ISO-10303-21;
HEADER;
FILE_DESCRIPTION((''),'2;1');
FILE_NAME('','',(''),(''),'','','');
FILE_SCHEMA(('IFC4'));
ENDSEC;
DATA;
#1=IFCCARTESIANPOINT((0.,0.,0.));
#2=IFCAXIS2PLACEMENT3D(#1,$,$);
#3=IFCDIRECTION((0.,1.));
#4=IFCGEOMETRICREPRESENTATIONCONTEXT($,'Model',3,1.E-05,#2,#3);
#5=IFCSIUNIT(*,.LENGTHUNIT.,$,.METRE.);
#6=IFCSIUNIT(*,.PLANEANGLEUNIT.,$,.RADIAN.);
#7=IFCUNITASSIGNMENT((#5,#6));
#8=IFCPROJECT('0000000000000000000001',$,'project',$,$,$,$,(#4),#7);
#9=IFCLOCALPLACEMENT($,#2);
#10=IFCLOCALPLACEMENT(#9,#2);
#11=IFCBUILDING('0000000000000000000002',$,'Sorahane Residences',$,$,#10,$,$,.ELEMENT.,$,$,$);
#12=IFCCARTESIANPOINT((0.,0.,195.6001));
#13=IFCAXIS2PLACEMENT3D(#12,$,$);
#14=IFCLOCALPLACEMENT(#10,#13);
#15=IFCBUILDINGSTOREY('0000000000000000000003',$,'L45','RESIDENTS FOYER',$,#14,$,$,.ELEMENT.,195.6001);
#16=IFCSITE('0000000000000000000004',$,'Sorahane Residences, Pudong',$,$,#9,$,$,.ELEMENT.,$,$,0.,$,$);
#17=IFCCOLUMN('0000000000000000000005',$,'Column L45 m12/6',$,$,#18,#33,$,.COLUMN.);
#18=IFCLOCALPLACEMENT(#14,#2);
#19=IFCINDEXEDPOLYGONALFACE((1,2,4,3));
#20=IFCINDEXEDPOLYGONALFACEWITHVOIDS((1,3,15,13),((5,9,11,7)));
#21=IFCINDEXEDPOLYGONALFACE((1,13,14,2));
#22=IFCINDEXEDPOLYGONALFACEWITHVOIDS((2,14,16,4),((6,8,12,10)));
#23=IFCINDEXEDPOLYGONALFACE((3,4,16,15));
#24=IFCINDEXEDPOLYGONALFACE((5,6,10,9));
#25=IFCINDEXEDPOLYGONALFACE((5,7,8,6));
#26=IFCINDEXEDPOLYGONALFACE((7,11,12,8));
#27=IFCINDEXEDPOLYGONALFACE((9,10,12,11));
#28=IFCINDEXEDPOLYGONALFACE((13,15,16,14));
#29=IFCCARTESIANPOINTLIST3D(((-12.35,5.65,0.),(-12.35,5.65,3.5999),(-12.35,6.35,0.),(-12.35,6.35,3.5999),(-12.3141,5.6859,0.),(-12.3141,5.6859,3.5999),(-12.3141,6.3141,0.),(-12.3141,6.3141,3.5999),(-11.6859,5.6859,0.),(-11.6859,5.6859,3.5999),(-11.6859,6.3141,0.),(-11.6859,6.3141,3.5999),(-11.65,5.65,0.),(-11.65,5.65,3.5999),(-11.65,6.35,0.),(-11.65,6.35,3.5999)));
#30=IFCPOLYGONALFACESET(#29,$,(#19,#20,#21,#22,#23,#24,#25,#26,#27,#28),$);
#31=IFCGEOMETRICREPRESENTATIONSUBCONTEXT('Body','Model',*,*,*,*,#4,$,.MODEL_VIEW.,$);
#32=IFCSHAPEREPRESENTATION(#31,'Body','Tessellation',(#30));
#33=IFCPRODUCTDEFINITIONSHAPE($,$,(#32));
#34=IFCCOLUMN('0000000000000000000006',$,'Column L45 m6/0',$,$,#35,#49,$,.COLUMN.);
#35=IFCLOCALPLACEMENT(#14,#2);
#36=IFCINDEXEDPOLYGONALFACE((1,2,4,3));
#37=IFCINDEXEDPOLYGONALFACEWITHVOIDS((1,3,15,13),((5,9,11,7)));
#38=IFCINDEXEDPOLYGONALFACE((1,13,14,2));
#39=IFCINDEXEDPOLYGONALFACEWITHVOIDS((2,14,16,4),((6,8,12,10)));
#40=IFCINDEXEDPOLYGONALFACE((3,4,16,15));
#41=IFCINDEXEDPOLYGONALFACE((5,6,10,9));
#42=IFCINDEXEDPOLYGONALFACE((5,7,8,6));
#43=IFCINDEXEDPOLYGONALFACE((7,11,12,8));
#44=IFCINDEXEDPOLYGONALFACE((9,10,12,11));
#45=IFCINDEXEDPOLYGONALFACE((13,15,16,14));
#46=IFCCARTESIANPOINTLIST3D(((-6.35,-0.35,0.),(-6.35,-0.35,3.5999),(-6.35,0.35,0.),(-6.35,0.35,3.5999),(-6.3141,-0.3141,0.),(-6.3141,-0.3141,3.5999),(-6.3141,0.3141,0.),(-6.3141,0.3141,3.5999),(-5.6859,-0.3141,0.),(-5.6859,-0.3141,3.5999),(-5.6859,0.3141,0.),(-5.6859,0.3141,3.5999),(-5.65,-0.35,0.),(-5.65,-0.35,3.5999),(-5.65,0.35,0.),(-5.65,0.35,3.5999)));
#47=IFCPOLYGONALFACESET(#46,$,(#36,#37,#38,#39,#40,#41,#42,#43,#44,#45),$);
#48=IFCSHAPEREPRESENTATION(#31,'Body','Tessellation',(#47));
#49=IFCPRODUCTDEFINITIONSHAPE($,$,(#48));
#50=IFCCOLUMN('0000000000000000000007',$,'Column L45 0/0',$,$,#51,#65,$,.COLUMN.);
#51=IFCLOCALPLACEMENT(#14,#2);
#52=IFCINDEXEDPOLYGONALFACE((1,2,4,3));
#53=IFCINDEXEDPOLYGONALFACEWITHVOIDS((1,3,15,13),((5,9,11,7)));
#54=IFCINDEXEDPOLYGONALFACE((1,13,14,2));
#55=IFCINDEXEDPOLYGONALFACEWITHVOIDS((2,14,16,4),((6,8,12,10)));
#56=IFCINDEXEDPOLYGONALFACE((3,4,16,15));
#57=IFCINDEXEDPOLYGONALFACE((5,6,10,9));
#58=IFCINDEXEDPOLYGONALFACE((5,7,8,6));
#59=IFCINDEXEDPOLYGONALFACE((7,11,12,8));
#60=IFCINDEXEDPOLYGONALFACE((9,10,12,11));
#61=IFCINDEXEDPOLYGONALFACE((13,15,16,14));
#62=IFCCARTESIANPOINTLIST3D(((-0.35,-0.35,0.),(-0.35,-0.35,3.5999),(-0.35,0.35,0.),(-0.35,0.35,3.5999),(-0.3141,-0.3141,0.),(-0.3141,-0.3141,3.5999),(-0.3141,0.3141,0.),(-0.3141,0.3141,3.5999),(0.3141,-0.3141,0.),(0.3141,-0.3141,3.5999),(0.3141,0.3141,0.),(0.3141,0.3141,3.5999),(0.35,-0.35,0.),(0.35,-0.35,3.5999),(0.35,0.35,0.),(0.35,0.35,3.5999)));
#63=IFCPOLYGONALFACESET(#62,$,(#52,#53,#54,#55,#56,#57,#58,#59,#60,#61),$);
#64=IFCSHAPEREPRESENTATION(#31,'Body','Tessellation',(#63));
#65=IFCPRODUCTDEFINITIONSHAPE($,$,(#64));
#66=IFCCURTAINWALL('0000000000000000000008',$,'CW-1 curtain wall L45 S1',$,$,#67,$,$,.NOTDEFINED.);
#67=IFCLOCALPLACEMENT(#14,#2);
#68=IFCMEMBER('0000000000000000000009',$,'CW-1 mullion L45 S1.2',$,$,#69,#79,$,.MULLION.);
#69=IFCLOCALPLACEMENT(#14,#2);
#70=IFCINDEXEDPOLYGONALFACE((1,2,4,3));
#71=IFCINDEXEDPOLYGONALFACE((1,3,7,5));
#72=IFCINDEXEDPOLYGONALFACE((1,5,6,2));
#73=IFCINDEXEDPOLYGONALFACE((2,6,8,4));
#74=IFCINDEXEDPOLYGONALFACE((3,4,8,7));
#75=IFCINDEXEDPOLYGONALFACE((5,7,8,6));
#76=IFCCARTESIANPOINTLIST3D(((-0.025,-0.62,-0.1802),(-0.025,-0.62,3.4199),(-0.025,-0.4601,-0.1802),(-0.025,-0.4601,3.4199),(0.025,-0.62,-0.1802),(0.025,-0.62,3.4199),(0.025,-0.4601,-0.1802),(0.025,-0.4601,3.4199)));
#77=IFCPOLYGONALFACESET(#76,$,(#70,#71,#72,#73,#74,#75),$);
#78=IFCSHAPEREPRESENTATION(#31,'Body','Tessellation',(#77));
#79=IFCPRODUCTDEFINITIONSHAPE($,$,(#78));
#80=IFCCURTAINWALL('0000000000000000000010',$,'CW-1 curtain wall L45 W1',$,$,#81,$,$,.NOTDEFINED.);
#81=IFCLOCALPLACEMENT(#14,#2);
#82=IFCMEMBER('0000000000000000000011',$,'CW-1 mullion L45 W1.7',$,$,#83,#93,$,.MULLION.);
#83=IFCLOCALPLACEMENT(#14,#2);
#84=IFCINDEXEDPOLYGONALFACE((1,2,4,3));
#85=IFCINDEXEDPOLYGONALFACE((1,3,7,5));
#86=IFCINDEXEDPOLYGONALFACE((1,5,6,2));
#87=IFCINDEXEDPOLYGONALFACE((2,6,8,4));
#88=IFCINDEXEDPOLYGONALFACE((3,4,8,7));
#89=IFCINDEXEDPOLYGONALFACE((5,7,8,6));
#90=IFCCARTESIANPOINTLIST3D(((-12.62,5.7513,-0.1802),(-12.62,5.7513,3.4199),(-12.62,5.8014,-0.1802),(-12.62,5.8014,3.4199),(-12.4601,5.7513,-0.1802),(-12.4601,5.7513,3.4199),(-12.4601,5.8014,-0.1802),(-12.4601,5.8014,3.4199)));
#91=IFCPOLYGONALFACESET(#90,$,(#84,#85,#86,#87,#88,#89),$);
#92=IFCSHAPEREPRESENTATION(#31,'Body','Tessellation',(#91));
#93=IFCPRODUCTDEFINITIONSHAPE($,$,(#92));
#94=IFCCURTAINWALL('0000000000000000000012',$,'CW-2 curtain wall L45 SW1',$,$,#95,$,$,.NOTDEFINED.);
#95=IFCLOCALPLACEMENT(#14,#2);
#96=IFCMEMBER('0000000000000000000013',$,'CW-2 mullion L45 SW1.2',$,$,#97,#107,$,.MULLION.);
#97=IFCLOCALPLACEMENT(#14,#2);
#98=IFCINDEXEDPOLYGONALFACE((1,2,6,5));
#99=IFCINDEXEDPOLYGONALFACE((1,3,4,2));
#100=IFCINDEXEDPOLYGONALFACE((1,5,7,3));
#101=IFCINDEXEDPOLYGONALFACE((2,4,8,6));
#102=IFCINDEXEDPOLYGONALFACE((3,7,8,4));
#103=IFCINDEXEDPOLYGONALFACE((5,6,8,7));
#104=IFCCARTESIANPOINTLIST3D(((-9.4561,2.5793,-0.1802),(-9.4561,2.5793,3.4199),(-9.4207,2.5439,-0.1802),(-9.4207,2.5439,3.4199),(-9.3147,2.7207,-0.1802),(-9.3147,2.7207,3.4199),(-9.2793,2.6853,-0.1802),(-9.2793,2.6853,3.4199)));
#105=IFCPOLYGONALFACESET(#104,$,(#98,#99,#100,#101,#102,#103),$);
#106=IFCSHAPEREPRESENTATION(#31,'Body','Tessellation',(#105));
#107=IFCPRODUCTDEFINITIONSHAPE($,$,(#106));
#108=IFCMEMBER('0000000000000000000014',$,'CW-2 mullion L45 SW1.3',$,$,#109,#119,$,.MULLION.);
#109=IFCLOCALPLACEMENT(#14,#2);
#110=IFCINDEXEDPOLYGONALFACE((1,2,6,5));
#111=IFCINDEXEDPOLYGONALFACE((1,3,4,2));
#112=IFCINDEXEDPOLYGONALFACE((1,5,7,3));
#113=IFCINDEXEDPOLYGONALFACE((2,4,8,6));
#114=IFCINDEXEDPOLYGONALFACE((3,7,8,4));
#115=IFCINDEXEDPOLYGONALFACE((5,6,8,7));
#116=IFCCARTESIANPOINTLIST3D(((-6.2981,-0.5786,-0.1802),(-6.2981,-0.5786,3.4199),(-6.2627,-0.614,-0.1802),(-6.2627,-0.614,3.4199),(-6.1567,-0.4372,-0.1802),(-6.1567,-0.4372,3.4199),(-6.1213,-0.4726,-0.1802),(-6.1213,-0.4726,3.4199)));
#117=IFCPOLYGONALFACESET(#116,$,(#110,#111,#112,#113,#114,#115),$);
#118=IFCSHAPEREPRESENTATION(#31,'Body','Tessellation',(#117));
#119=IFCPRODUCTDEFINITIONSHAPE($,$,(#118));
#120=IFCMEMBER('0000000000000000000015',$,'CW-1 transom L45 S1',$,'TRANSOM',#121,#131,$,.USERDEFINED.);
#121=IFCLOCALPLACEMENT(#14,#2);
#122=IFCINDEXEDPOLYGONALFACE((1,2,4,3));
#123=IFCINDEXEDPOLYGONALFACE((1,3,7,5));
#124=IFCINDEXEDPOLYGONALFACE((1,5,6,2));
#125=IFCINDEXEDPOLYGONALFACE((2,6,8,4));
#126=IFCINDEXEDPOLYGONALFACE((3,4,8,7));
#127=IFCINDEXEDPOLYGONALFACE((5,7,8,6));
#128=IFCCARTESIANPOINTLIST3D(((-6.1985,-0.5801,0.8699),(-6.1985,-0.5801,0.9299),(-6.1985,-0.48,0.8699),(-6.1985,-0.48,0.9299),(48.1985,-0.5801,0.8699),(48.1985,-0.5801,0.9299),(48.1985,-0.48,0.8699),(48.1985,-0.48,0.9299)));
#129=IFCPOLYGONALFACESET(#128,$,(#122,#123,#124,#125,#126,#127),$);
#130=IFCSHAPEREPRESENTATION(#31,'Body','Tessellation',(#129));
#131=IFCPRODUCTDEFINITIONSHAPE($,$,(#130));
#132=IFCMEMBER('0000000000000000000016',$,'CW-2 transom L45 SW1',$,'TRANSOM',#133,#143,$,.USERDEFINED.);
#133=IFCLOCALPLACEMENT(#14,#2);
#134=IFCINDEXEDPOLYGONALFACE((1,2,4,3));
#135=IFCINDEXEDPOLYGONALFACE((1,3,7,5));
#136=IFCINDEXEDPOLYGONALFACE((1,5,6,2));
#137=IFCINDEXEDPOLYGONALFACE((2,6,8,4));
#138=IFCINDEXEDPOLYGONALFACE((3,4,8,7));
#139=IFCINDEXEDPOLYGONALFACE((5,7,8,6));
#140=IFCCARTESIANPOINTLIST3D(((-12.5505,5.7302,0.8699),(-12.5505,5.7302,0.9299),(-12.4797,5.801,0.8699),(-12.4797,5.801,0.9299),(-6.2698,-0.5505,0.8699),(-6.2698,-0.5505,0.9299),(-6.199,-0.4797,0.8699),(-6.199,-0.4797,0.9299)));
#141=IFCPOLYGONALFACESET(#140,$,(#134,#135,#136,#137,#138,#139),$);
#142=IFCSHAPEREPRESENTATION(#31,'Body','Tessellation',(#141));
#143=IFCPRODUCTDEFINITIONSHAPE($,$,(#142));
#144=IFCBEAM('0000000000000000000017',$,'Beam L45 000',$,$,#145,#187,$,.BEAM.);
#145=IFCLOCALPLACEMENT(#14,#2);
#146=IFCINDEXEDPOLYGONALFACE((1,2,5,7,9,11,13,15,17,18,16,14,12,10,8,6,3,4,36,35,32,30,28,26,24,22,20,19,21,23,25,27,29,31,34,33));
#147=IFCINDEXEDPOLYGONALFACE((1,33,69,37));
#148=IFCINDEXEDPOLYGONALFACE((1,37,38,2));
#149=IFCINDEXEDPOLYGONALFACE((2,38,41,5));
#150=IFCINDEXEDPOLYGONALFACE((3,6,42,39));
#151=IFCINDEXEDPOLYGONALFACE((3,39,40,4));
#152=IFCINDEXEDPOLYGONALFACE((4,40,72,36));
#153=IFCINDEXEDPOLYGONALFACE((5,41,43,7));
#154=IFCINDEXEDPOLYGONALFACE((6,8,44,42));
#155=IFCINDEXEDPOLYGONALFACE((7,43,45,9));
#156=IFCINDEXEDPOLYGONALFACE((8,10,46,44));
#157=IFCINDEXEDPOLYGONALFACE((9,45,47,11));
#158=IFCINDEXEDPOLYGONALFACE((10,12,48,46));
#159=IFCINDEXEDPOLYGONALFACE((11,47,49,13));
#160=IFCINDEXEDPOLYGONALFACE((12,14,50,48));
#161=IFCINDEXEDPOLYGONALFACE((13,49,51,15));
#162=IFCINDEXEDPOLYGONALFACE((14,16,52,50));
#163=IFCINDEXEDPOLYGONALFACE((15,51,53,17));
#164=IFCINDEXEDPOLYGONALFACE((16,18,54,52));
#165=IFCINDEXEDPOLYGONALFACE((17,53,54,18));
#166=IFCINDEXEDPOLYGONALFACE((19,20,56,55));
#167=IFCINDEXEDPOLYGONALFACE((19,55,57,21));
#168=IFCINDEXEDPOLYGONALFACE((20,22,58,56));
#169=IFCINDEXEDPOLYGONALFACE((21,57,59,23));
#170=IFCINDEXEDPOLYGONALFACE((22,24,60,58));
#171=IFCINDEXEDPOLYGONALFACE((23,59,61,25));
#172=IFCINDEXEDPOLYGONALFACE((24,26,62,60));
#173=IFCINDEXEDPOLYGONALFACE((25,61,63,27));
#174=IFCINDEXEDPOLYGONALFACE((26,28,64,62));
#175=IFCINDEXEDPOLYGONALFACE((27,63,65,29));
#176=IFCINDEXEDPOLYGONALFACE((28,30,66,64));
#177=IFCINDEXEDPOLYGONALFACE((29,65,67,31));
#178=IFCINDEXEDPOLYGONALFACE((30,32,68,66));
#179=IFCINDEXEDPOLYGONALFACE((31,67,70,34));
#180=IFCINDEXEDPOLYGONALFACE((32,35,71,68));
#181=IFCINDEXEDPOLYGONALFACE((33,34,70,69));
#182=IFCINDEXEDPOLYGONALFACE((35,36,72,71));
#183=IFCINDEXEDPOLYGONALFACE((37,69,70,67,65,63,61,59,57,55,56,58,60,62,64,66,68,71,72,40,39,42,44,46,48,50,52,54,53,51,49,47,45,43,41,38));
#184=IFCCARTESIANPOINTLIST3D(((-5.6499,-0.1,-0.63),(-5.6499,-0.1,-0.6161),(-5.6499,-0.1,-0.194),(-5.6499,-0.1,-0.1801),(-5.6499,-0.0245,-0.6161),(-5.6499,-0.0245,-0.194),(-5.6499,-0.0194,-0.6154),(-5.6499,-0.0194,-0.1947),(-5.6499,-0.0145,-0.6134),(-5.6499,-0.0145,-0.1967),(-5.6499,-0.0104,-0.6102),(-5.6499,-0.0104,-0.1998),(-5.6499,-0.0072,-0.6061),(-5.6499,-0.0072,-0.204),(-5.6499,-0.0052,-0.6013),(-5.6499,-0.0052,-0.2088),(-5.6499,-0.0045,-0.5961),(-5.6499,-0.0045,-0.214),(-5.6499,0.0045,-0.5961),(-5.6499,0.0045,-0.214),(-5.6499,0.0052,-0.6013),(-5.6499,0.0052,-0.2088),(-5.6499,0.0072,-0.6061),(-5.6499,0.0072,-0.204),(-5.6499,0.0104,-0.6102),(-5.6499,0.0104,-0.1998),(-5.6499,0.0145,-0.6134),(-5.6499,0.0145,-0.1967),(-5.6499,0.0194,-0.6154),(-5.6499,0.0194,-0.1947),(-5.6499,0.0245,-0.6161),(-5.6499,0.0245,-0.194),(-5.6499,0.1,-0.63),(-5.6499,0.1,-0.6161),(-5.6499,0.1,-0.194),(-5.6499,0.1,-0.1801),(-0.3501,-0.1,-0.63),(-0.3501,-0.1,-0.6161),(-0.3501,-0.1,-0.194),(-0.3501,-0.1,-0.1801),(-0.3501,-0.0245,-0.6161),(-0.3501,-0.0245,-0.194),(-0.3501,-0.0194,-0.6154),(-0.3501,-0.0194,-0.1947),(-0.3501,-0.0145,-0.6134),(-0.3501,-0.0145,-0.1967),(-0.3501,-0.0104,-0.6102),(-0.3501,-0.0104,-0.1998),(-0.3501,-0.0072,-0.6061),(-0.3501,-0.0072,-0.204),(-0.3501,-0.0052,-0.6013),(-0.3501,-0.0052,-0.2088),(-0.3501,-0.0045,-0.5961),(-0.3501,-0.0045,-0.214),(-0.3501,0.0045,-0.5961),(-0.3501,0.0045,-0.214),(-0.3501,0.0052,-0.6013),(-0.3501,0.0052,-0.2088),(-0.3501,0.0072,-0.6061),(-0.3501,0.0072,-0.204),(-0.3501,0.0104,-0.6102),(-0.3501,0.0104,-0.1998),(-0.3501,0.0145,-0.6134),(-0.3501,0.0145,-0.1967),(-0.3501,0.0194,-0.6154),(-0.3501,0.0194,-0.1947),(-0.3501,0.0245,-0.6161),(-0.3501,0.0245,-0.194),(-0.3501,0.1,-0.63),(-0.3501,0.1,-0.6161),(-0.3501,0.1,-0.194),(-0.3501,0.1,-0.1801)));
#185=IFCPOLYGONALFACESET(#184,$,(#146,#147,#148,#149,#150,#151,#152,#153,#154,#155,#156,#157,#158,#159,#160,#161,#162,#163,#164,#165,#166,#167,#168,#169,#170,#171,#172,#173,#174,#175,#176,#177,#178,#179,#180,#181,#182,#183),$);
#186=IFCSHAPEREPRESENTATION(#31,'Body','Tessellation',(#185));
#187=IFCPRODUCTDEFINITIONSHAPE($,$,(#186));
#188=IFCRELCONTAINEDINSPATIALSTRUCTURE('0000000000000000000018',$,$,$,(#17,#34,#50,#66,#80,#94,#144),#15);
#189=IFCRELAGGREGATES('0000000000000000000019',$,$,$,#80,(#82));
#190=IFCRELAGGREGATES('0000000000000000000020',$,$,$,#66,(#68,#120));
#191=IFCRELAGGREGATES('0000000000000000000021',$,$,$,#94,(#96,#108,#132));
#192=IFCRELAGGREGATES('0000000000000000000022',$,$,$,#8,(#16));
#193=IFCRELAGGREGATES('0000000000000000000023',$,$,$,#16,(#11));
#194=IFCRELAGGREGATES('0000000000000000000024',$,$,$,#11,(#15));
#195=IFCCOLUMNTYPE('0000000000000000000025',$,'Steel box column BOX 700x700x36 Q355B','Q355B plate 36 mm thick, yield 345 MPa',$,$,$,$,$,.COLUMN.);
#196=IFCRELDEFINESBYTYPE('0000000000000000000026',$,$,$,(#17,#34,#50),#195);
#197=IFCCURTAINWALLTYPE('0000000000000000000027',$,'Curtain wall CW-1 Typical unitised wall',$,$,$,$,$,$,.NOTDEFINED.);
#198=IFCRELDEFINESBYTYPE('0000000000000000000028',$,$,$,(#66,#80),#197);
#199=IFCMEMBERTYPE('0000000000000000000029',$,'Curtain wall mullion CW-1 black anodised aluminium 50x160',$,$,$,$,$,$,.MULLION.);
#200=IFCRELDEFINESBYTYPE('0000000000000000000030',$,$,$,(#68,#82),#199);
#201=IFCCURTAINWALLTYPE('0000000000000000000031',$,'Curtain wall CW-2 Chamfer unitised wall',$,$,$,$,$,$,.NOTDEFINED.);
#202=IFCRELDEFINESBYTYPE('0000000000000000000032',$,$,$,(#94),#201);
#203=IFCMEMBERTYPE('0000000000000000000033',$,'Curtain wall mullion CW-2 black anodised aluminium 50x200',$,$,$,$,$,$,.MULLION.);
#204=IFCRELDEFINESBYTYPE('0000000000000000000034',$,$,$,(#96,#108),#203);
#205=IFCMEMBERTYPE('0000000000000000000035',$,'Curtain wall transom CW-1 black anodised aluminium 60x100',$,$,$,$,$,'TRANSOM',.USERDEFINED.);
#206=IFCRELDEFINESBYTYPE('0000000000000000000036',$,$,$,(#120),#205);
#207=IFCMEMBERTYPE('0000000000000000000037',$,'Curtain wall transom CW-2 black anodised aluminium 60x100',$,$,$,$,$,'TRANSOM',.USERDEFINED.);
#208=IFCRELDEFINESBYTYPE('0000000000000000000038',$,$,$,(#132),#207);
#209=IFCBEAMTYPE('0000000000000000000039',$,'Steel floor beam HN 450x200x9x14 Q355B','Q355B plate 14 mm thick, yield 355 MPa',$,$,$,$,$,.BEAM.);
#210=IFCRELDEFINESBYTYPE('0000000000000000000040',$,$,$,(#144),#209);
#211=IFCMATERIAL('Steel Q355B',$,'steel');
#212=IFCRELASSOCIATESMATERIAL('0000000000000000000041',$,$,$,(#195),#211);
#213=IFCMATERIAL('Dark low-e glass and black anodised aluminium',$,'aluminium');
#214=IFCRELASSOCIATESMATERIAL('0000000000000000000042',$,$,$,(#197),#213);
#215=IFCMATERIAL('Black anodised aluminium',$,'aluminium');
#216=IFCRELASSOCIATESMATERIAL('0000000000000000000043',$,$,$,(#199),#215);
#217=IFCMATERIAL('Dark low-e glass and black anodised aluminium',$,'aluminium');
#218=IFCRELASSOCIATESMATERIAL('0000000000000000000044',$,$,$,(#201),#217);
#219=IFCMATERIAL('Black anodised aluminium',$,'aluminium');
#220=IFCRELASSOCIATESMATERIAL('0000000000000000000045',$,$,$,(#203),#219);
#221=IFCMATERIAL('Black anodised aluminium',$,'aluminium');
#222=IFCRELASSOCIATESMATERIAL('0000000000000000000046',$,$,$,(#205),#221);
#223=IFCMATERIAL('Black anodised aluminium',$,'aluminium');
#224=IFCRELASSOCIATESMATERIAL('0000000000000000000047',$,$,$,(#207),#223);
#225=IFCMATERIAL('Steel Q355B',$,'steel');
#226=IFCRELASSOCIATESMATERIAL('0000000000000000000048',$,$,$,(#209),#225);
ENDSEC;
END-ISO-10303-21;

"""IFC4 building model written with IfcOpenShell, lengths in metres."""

from ifc_helpers import new_model, si_unit, direction, frame, origin, origin_2d, place, context, subcontext, project, spatial, rectangle, hollow_rectangle, i_section, extrude, material, material_profile, profile_set, type_object, element, aggregate, save


model = new_model("IFC4")

# Units and contexts
model_context = context("Model", 3, precision=1e-05, world=origin(), true_north=direction((0.0, 1.0)))
body_context = subcontext(model_context, "Body", "Model", "MODEL_VIEW")
ifc_project = project(units=[si_unit("LENGTHUNIT", "METRE"), si_unit("PLANEANGLEUNIT", "RADIAN")], contexts=[model_context])

# Site, building, storey
site_placement = place(None, origin())
site = spatial("IfcSite", under=ifc_project, at=site_placement, Name="Sorahane Residences, Pudong", CompositionType="ELEMENT", RefElevation=0.0)
building_placement = place(site_placement, origin())
building = spatial("IfcBuilding", under=site, at=building_placement, Name="Sorahane Residences", CompositionType="ELEMENT")
storey_placement = place(building_placement, frame((0.0, 0.0, 195.6001)))
storey = spatial("IfcBuildingStorey", under=building, at=storey_placement, Name="L45", Description="RESIDENTS FOYER", CompositionType="ELEMENT", Elevation=195.6001)

# Columns
ifc_material_1 = material(Name="Steel Q355B", Category="steel")
ifc_material_profile_1 = material_profile(ifc_material_1, hollow_rectangle(XDim=0.7, YDim=0.7, WallThickness=0.0359, at=origin_2d()), Name="BOX 700x700x36")
ifc_profile_set_1 = profile_set([ifc_material_profile_1], Name="Steel Q355B")
column_type = type_object("IfcColumnType", Name="Steel box column BOX 700x700x36 Q355B", Description="Q355B plate 36 mm thick, yield 345 MPa", PredefinedType="COLUMN", material=ifc_profile_set_1)
for number, where, z_axis, x_axis, name in (
    (1, (-12.0, 6.0, 0.0), (0.0, 0.0, 1.0), (1.0, 0.0, 0.0), "Column L45 m12/6"),
    (2, (-6.0, 0.0, 0.0), (0.0, 0.0, 1.0), (1.0, 0.0, 0.0), "Column L45 m6/0"),
    (3, (0.0, 0.0, 0.0), (0.0, 0.0, 1.0), (1.0, 0.0, 0.0), "Column L45 0/0"),
):
    element("IfcColumn", number, at=place(storey_placement, frame(where, z_axis=z_axis, x_axis=x_axis)), inside=storey, type_object=column_type, Name=name, PredefinedType="COLUMN", context=body_context, shape_type="SweptSolid", body=[
        extrude(hollow_rectangle(XDim=0.7, YDim=0.7, WallThickness=0.0359, at=origin_2d()), origin(), (0.0, 0.0, 1.0), 3.5999),
    ])

# Curtain walls, members
ifc_material_2 = material(Name="Dark low-e glass and black anodised aluminium", Category="aluminium")
curtain_wall_type_1 = type_object("IfcCurtainWallType", Name="Curtain wall CW-1 Typical unitised wall", PredefinedType="NOTDEFINED", material=ifc_material_2)
curtain_wall_1_placement = place(storey_placement, origin())
curtain_wall_1 = element("IfcCurtainWall", 4, at=curtain_wall_1_placement, inside=storey, type_object=curtain_wall_type_1, Name="CW-1 curtain wall L45 S1", PredefinedType="NOTDEFINED")
ifc_material_3 = material(Name="Black anodised aluminium", Category="aluminium")
ifc_material_profile_2 = material_profile(ifc_material_3, rectangle(XDim=0.1599, YDim=0.05, at=origin_2d()), Name="Curtain wall mullion CW-1 black anodised aluminium 50x160")
ifc_profile_set_2 = profile_set([ifc_material_profile_2], Name="Black anodised aluminium")
member_type_1 = type_object("IfcMemberType", Name="Curtain wall mullion CW-1 black anodised aluminium 50x160", PredefinedType="MULLION", material=ifc_profile_set_2)
member_1_placement = place(storey_placement, frame((0.0, -0.54, -0.1802), z_axis=(0.0, 0.0, 1.0), x_axis=(0.0, -1.0, 0.0)))
member_1 = element("IfcMember", 5, at=member_1_placement, type_object=member_type_1, Name="CW-1 mullion L45 S1.2", PredefinedType="MULLION", context=body_context, shape_type="SweptSolid", body=[
    extrude(rectangle(XDim=0.1599, YDim=0.05, at=origin_2d()), origin(), (0.0, 0.0, 1.0), 3.6001),
])
curtain_wall_2_placement = place(storey_placement, origin())
curtain_wall_2 = element("IfcCurtainWall", 6, at=curtain_wall_2_placement, inside=storey, type_object=curtain_wall_type_1, Name="CW-1 curtain wall L45 W1", PredefinedType="NOTDEFINED")
member_2_placement = place(storey_placement, frame((-12.54, 5.7764, -0.1802), z_axis=(0.0, 0.0, 1.0), x_axis=(-1.0, 0.0, 0.0)))
member_2 = element("IfcMember", 7, at=member_2_placement, type_object=member_type_1, Name="CW-1 mullion L45 W1.7", PredefinedType="MULLION", context=body_context, shape_type="SweptSolid", body=[
    extrude(rectangle(XDim=0.1599, YDim=0.05, at=origin_2d()), origin(), (0.0, 0.0, 1.0), 3.6001),
])
aggregate(curtain_wall_2, [member_2])

# Curtain wall, members
ifc_material_4 = material(Name="Dark low-e glass and black anodised aluminium", Category="aluminium")
curtain_wall_type_2 = type_object("IfcCurtainWallType", Name="Curtain wall CW-2 Chamfer unitised wall", PredefinedType="NOTDEFINED", material=ifc_material_4)
curtain_wall_3_placement = place(storey_placement, origin())
curtain_wall_3 = element("IfcCurtainWall", 8, at=curtain_wall_3_placement, inside=storey, type_object=curtain_wall_type_2, Name="CW-2 curtain wall L45 SW1", PredefinedType="NOTDEFINED")
ifc_material_5 = material(Name="Black anodised aluminium", Category="aluminium")
ifc_material_profile_3 = material_profile(ifc_material_5, rectangle(XDim=0.2, YDim=0.05, at=origin_2d()), Name="Curtain wall mullion CW-2 black anodised aluminium 50x200")
ifc_profile_set_3 = profile_set([ifc_material_profile_3], Name="Black anodised aluminium")
member_type_2 = type_object("IfcMemberType", Name="Curtain wall mullion CW-2 black anodised aluminium 50x200", PredefinedType="MULLION", material=ifc_profile_set_3)
member_3_placement = place(storey_placement, frame((-9.3677, 2.6323, -0.1802), z_axis=(0.0, 0.0, 1.0), x_axis=(-0.707107, -0.707107, 0.0)))
member_3 = element("IfcMember", 9, at=member_3_placement, type_object=member_type_2, Name="CW-2 mullion L45 SW1.2", PredefinedType="MULLION", context=body_context, shape_type="SweptSolid", body=[
    extrude(rectangle(XDim=0.2, YDim=0.05, at=origin_2d()), origin(), (0.0, 0.0, 1.0), 3.6001),
])
member_4_placement = place(storey_placement, frame((-6.2097, -0.5256, -0.1802), z_axis=(0.0, 0.0, 1.0), x_axis=(-0.707107, -0.707107, 0.0)))
member_4 = element("IfcMember", 10, at=member_4_placement, type_object=member_type_2, Name="CW-2 mullion L45 SW1.3", PredefinedType="MULLION", context=body_context, shape_type="SweptSolid", body=[
    extrude(rectangle(XDim=0.2, YDim=0.05, at=origin_2d()), origin(), (0.0, 0.0, 1.0), 3.6001),
])

# Members
ifc_material_6 = material(Name="Black anodised aluminium", Category="aluminium")
ifc_material_profile_4 = material_profile(ifc_material_6, rectangle(XDim=0.1001, YDim=0.0601, at=origin_2d()), Name="Curtain wall transom CW-1 black anodised aluminium 60x100")
ifc_profile_set_4 = profile_set([ifc_material_profile_4], Name="Black anodised aluminium")
member_type_3 = type_object("IfcMemberType", Name="Curtain wall transom CW-1 black anodised aluminium 60x100", ElementType="TRANSOM", PredefinedType="USERDEFINED", material=ifc_profile_set_4)
member_5_placement = place(storey_placement, frame((-6.1985, -0.53, 0.8999), z_axis=(1.0, 0.0, 0.0), x_axis=(0.0, 1.0, 0.0)))
member_5 = element("IfcMember", 11, at=member_5_placement, type_object=member_type_3, Name="CW-1 transom L45 S1", ObjectType="TRANSOM", PredefinedType="USERDEFINED", context=body_context, shape_type="SweptSolid", body=[
    extrude(rectangle(XDim=0.1001, YDim=0.0601, at=origin_2d()), origin(), (0.0, 0.0, 1.0), 54.397),
])
ifc_material_7 = material(Name="Black anodised aluminium", Category="aluminium")
ifc_material_profile_5 = material_profile(ifc_material_7, rectangle(XDim=0.1001, YDim=0.0601, at=origin_2d()), Name="Curtain wall transom CW-2 black anodised aluminium 60x100")
ifc_profile_set_5 = profile_set([ifc_material_profile_5], Name="Black anodised aluminium")
member_type_4 = type_object("IfcMemberType", Name="Curtain wall transom CW-2 black anodised aluminium 60x100", ElementType="TRANSOM", PredefinedType="USERDEFINED", material=ifc_profile_set_5)
member_6_placement = place(storey_placement, frame((-12.5151, 5.7656, 0.8999), z_axis=(0.707107, -0.707107, 0.0), x_axis=(0.707107, 0.707107, 0.0)))
member_6 = element("IfcMember", 12, at=member_6_placement, type_object=member_type_4, Name="CW-2 transom L45 SW1", ObjectType="TRANSOM", PredefinedType="USERDEFINED", context=body_context, shape_type="SweptSolid", body=[
    extrude(rectangle(XDim=0.1001, YDim=0.0601, at=origin_2d()), origin(), (0.0, 0.0, 1.0), 8.8823),
])

# Beam
ifc_material_8 = material(Name="Steel Q355B", Category="steel")
ifc_material_profile_6 = material_profile(ifc_material_8, i_section(OverallWidth=0.2, OverallDepth=0.45, WebThickness=0.009, FlangeThickness=0.0139, FilletRadius=0.02, at=origin_2d()), Name="HN 450x200x9x14")
ifc_profile_set_6 = profile_set([ifc_material_profile_6], Name="Steel Q355B")
beam_type_1 = type_object("IfcBeamType", Name="Steel floor beam HN 450x200x9x14 Q355B", Description="Q355B plate 14 mm thick, yield 355 MPa", PredefinedType="BEAM", material=ifc_profile_set_6)
beam_1_placement = place(storey_placement, frame((-5.6499, 0.0, -0.405), z_axis=(1.0, 0.0, 0.0), x_axis=(0.0, 1.0, 0.0)))
element("IfcBeam", 13, at=beam_1_placement, inside=storey, type_object=beam_type_1, Name="Beam L45 000", PredefinedType="BEAM", context=body_context, shape_type="SweptSolid", body=[
    extrude(i_section(OverallWidth=0.2, OverallDepth=0.45, WebThickness=0.009, FlangeThickness=0.0139, FilletRadius=0.02, at=origin_2d()), origin(), (0.0, 0.0, 1.0), 5.2998),
])

aggregate(curtain_wall_1, [member_1, member_5])
aggregate(curtain_wall_3, [member_3, member_4, member_6])

save(model, "model.ifc")
